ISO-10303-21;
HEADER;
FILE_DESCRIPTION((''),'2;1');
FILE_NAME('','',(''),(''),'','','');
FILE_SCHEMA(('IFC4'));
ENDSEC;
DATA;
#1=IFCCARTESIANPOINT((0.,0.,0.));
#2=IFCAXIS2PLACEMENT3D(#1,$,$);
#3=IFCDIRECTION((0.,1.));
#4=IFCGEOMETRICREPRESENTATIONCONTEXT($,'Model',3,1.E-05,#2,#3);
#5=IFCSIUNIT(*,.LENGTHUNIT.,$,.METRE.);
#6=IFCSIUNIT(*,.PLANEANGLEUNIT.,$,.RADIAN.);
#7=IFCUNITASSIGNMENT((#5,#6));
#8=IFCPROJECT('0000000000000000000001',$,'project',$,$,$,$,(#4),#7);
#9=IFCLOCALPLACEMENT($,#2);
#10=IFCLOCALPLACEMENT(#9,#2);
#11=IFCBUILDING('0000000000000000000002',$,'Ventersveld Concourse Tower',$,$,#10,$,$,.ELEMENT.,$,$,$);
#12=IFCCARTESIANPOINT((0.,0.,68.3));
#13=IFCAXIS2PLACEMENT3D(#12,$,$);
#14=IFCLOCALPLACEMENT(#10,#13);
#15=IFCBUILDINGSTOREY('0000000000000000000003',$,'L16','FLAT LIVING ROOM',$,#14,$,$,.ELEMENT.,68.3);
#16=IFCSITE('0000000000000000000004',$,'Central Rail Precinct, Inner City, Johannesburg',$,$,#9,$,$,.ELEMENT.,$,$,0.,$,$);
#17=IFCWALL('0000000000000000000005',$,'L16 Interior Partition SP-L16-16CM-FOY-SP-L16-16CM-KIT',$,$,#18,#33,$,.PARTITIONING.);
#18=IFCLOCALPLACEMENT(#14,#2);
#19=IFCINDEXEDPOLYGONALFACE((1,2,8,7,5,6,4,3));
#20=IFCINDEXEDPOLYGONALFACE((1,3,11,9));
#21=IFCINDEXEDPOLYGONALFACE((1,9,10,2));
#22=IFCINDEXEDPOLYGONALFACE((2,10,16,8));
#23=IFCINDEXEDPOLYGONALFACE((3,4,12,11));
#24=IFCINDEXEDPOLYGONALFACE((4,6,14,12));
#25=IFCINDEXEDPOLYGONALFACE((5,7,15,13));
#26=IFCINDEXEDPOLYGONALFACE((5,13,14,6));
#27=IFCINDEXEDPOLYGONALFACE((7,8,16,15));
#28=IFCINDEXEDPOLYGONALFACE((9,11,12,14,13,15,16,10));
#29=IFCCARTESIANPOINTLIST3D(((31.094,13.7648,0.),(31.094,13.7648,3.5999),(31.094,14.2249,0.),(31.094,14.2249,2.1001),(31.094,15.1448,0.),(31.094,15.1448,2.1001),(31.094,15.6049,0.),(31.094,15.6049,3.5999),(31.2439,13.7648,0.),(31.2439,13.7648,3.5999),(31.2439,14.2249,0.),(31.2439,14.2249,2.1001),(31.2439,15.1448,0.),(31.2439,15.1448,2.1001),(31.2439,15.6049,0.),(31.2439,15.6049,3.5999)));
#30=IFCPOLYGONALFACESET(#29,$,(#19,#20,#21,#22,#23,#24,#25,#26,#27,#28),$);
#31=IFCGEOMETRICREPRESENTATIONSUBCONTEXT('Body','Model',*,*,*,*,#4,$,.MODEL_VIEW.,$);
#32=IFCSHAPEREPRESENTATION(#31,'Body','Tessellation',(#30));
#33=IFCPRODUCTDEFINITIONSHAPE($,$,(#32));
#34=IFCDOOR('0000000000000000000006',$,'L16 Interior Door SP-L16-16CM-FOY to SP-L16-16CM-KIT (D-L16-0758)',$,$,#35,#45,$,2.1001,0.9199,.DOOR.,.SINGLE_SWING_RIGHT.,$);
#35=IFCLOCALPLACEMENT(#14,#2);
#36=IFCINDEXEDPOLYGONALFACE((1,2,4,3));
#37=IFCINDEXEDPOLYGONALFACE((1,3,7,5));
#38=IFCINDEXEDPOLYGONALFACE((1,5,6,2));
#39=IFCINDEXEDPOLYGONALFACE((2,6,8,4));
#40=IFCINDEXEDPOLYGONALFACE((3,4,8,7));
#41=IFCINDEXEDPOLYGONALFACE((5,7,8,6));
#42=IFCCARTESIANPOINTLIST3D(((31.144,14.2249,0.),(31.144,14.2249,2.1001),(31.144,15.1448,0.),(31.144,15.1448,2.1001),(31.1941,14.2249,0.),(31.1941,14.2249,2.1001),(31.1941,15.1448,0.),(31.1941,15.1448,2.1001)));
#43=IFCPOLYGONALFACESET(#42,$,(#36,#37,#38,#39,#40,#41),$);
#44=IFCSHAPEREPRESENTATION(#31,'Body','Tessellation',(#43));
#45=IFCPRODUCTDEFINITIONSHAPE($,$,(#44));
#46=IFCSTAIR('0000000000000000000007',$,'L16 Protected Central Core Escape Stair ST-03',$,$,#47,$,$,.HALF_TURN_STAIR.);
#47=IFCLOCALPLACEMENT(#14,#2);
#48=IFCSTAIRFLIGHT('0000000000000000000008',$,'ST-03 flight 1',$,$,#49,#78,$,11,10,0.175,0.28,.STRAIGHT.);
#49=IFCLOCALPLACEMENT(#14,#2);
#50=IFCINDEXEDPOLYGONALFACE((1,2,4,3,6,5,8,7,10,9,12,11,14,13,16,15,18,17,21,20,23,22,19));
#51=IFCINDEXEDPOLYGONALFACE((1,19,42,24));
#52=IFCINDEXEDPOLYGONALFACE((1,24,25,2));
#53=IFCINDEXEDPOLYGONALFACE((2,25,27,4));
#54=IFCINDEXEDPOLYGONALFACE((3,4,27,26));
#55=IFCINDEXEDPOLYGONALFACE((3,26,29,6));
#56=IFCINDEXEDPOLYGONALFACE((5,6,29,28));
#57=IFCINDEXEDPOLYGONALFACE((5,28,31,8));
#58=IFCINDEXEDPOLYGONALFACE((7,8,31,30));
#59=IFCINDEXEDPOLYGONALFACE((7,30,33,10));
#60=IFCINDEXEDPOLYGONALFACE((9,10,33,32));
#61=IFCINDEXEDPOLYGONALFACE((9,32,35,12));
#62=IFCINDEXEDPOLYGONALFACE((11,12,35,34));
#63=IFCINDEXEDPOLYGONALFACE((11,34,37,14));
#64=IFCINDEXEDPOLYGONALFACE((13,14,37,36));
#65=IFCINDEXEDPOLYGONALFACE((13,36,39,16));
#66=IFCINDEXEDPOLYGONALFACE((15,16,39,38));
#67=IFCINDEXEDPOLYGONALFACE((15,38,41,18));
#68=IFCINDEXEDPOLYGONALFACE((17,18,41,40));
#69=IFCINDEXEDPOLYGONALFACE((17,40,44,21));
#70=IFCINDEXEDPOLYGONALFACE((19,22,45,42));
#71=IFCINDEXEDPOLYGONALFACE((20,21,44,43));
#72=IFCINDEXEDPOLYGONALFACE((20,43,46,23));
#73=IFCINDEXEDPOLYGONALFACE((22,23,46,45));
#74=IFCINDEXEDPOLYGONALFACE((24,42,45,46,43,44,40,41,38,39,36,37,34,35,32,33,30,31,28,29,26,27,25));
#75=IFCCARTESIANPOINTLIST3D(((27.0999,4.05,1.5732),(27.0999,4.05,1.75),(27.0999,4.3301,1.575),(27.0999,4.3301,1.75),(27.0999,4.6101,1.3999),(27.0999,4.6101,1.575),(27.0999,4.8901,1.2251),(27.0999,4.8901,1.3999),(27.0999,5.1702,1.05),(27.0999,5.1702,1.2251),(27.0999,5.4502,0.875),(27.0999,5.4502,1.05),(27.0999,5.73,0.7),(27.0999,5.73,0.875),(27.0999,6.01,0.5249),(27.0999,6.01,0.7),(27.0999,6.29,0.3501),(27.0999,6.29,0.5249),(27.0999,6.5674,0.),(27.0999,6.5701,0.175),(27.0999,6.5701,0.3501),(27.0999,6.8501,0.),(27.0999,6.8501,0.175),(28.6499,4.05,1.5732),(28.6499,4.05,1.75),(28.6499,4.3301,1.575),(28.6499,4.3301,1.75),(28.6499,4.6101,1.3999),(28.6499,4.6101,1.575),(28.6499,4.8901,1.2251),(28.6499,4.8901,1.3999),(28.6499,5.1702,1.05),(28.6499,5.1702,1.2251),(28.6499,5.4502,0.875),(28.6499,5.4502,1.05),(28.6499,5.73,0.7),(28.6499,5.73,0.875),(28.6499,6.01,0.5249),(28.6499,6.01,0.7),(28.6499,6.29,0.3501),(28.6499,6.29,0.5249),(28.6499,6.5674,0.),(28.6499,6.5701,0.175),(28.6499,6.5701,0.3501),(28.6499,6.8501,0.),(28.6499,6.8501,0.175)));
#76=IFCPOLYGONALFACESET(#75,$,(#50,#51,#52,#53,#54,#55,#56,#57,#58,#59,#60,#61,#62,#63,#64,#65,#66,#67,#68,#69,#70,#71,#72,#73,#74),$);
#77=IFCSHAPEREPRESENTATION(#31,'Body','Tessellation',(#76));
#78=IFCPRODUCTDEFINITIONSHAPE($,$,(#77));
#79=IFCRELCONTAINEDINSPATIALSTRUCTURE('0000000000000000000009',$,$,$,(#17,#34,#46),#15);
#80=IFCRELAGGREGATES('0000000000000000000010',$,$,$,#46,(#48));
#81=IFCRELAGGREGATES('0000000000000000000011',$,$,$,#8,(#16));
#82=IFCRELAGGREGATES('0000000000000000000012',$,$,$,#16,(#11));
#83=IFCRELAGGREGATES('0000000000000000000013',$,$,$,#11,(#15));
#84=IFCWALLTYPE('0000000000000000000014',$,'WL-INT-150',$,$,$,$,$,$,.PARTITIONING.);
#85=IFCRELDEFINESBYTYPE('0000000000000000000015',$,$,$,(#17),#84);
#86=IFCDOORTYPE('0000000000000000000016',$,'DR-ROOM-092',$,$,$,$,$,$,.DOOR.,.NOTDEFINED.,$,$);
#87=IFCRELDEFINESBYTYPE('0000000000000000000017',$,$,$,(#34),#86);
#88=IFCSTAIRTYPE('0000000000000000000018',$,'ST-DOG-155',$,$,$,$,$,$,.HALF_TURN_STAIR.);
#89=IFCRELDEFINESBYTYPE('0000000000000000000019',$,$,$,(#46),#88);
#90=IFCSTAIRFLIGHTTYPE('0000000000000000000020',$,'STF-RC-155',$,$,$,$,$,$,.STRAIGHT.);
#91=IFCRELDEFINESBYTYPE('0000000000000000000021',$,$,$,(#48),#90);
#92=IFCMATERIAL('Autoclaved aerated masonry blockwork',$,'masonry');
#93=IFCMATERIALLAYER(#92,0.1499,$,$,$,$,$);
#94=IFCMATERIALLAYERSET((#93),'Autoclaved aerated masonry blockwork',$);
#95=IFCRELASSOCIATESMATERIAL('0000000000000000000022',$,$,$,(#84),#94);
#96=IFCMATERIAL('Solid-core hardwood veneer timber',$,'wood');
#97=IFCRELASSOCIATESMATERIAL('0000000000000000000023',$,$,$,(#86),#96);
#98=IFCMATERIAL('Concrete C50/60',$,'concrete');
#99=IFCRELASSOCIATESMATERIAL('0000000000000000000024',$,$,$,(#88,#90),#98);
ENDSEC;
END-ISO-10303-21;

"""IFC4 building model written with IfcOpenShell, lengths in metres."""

from ifc_helpers import new_model, si_unit, direction, frame, frame_2d, origin, place, context, subcontext, project, spatial, polyline, rectangle, outline, extrude, material, layer, layer_set, type_object, element, fill, aggregate, save


model = new_model("IFC4")

# Units and contexts
model_context = context("Model", 3, precision=1e-05, world=origin(), true_north=direction((0.0, 1.0)))
body_context = subcontext(model_context, "Body", "Model", "MODEL_VIEW")
ifc_project = project(units=[si_unit("LENGTHUNIT", "METRE"), si_unit("PLANEANGLEUNIT", "RADIAN")], contexts=[model_context])

# Site, building, storey
site_placement = place(None, origin())
site = spatial("IfcSite", under=ifc_project, at=site_placement, Name="Central Rail Precinct, Inner City, Johannesburg", CompositionType="ELEMENT", RefElevation=0.0)
building_placement = place(site_placement, origin())
building = spatial("IfcBuilding", under=site, at=building_placement, Name="Ventersveld Concourse Tower", CompositionType="ELEMENT")
storey_placement = place(building_placement, frame((0.0, 0.0, 68.3)))
storey = spatial("IfcBuildingStorey", under=building, at=storey_placement, Name="L16", Description="FLAT LIVING ROOM", CompositionType="ELEMENT", Elevation=68.3)

# Shared definitions
ifc_material_1 = material(Name="Concrete C50/60", Category="concrete")

# Shared definitions
ifc_material_2 = material(Name="Solid-core hardwood veneer timber", Category="wood")

# Wall, opening, door
ifc_material_3 = material(Name="Autoclaved aerated masonry blockwork", Category="masonry")
ifc_layer_1 = layer(ifc_material_3, 0.1499)
ifc_layer_set_1 = layer_set([ifc_layer_1], Name="Autoclaved aerated masonry blockwork")
wall_type_1 = type_object("IfcWallType", Name="WL-INT-150", PredefinedType="PARTITIONING", material=ifc_layer_set_1)
wall_1_placement = place(storey_placement, frame((31.1689, 13.7649, 0.0), z_axis=(0.0, 0.0, 1.0), x_axis=(0.0, 1.0, 0.0)))
wall_1 = element("IfcWall", 1, at=wall_1_placement, inside=storey, type_object=wall_type_1, Name="L16 Interior Partition SP-L16-16CM-FOY-SP-L16-16CM-KIT", PredefinedType="PARTITIONING", context=body_context, shape_type="SweptSolid", body=[
    extrude(rectangle(XDim=1.8401, YDim=0.1499, at=frame_2d((0.9199, 0.0))), origin(), (0.0, 0.0, 1.0), 3.5999),
])
opening_1_placement = place(wall_1_placement, frame((0.46, 0.0, 0.0)))
opening_1 = element("IfcOpeningElement", 2, at=opening_1_placement, cuts=wall_1, PredefinedType="OPENING", context=body_context, shape_type="SweptSolid", body=[
    extrude(rectangle(XDim=0.9199, YDim=2.1001, at=frame_2d((0.46, 1.05))), frame((0.0, 0.085, 0.0), z_axis=(0.0, -1.0, 0.0), x_axis=(1.0, 0.0, 0.0)), (0.0, 0.0, 1.0), 0.1699),
])
door_type_1 = type_object("IfcDoorType", Name="DR-ROOM-092", OperationType="NOTDEFINED", PredefinedType="DOOR", material=ifc_material_2)
door_1_placement = place(opening_1_placement, origin())
door_1 = element("IfcDoor", 3, at=door_1_placement, inside=storey, type_object=door_type_1, Name="L16 Interior Door SP-L16-16CM-FOY to SP-L16-16CM-KIT (D-L16-0758)", OperationType="SINGLE_SWING_RIGHT", OverallHeight=2.1001, OverallWidth=0.9199, PredefinedType="DOOR", context=body_context, shape_type="SweptSolid", body=[
    extrude(rectangle(XDim=0.9199, YDim=2.1001, at=frame_2d((0.46, 1.05))), frame((0.0, 0.0249, 0.0), z_axis=(0.0, -1.0, 0.0), x_axis=(1.0, 0.0, 0.0)), (0.0, 0.0, 1.0), 0.05),
])
fill(opening_1, door_1)

# Stair, stair flight
stair_type = type_object("IfcStairType", Name="ST-DOG-155", PredefinedType="HALF_TURN_STAIR", material=ifc_material_1)
stair_placement = place(storey_placement, origin())
stair = element("IfcStair", 4, at=stair_placement, inside=storey, type_object=stair_type, Name="L16 Protected Central Core Escape Stair ST-03", PredefinedType="HALF_TURN_STAIR")
stair_flight_type = type_object("IfcStairFlightType", Name="STF-RC-155", PredefinedType="STRAIGHT", material=ifc_material_1)
stair_flight_placement = place(storey_placement, frame((27.875, 6.8501, 0.0), z_axis=(0.0, 0.0, 1.0), x_axis=(0.0, -1.0, 0.0)))
stair_flight = element("IfcStairFlight", 5, at=stair_flight_placement, type_object=stair_flight_type, Name="ST-03 flight 1", NumberOfRisers=11, NumberOfTreads=10, PredefinedType="STRAIGHT", RiserHeight=0.175, TreadLength=0.28, context=body_context, shape_type="SweptSolid", body=[
    extrude(outline(polyline([(0.0, 0.0), (0.0, 0.175), (0.28, 0.175), (0.28, 0.3501), (0.5601, 0.3501), (0.5601, 0.5249), (0.8401, 0.5249), (0.8401, 0.7), (1.1201, 0.7), (1.1201, 0.875), (1.3999, 0.875), (1.3999, 1.05), (1.6799, 1.05), (1.6799, 1.2251), (1.96, 1.2251), (1.96, 1.3999), (2.24, 1.3999), (2.24, 1.575), (2.52, 1.575), (2.52, 1.75), (2.8, 1.75), (2.8, 1.925), (2.8, 1.5732), (0.2827, 0.0), (0.0, 0.0)])), frame((0.0, 0.7749, 0.0), z_axis=(0.0, -1.0, 0.0), x_axis=(1.0, 0.0, 0.0)), (0.0, 0.0, 1.0), 1.55),
])
aggregate(stair, [stair_flight])

save(model, "model.ifc")
